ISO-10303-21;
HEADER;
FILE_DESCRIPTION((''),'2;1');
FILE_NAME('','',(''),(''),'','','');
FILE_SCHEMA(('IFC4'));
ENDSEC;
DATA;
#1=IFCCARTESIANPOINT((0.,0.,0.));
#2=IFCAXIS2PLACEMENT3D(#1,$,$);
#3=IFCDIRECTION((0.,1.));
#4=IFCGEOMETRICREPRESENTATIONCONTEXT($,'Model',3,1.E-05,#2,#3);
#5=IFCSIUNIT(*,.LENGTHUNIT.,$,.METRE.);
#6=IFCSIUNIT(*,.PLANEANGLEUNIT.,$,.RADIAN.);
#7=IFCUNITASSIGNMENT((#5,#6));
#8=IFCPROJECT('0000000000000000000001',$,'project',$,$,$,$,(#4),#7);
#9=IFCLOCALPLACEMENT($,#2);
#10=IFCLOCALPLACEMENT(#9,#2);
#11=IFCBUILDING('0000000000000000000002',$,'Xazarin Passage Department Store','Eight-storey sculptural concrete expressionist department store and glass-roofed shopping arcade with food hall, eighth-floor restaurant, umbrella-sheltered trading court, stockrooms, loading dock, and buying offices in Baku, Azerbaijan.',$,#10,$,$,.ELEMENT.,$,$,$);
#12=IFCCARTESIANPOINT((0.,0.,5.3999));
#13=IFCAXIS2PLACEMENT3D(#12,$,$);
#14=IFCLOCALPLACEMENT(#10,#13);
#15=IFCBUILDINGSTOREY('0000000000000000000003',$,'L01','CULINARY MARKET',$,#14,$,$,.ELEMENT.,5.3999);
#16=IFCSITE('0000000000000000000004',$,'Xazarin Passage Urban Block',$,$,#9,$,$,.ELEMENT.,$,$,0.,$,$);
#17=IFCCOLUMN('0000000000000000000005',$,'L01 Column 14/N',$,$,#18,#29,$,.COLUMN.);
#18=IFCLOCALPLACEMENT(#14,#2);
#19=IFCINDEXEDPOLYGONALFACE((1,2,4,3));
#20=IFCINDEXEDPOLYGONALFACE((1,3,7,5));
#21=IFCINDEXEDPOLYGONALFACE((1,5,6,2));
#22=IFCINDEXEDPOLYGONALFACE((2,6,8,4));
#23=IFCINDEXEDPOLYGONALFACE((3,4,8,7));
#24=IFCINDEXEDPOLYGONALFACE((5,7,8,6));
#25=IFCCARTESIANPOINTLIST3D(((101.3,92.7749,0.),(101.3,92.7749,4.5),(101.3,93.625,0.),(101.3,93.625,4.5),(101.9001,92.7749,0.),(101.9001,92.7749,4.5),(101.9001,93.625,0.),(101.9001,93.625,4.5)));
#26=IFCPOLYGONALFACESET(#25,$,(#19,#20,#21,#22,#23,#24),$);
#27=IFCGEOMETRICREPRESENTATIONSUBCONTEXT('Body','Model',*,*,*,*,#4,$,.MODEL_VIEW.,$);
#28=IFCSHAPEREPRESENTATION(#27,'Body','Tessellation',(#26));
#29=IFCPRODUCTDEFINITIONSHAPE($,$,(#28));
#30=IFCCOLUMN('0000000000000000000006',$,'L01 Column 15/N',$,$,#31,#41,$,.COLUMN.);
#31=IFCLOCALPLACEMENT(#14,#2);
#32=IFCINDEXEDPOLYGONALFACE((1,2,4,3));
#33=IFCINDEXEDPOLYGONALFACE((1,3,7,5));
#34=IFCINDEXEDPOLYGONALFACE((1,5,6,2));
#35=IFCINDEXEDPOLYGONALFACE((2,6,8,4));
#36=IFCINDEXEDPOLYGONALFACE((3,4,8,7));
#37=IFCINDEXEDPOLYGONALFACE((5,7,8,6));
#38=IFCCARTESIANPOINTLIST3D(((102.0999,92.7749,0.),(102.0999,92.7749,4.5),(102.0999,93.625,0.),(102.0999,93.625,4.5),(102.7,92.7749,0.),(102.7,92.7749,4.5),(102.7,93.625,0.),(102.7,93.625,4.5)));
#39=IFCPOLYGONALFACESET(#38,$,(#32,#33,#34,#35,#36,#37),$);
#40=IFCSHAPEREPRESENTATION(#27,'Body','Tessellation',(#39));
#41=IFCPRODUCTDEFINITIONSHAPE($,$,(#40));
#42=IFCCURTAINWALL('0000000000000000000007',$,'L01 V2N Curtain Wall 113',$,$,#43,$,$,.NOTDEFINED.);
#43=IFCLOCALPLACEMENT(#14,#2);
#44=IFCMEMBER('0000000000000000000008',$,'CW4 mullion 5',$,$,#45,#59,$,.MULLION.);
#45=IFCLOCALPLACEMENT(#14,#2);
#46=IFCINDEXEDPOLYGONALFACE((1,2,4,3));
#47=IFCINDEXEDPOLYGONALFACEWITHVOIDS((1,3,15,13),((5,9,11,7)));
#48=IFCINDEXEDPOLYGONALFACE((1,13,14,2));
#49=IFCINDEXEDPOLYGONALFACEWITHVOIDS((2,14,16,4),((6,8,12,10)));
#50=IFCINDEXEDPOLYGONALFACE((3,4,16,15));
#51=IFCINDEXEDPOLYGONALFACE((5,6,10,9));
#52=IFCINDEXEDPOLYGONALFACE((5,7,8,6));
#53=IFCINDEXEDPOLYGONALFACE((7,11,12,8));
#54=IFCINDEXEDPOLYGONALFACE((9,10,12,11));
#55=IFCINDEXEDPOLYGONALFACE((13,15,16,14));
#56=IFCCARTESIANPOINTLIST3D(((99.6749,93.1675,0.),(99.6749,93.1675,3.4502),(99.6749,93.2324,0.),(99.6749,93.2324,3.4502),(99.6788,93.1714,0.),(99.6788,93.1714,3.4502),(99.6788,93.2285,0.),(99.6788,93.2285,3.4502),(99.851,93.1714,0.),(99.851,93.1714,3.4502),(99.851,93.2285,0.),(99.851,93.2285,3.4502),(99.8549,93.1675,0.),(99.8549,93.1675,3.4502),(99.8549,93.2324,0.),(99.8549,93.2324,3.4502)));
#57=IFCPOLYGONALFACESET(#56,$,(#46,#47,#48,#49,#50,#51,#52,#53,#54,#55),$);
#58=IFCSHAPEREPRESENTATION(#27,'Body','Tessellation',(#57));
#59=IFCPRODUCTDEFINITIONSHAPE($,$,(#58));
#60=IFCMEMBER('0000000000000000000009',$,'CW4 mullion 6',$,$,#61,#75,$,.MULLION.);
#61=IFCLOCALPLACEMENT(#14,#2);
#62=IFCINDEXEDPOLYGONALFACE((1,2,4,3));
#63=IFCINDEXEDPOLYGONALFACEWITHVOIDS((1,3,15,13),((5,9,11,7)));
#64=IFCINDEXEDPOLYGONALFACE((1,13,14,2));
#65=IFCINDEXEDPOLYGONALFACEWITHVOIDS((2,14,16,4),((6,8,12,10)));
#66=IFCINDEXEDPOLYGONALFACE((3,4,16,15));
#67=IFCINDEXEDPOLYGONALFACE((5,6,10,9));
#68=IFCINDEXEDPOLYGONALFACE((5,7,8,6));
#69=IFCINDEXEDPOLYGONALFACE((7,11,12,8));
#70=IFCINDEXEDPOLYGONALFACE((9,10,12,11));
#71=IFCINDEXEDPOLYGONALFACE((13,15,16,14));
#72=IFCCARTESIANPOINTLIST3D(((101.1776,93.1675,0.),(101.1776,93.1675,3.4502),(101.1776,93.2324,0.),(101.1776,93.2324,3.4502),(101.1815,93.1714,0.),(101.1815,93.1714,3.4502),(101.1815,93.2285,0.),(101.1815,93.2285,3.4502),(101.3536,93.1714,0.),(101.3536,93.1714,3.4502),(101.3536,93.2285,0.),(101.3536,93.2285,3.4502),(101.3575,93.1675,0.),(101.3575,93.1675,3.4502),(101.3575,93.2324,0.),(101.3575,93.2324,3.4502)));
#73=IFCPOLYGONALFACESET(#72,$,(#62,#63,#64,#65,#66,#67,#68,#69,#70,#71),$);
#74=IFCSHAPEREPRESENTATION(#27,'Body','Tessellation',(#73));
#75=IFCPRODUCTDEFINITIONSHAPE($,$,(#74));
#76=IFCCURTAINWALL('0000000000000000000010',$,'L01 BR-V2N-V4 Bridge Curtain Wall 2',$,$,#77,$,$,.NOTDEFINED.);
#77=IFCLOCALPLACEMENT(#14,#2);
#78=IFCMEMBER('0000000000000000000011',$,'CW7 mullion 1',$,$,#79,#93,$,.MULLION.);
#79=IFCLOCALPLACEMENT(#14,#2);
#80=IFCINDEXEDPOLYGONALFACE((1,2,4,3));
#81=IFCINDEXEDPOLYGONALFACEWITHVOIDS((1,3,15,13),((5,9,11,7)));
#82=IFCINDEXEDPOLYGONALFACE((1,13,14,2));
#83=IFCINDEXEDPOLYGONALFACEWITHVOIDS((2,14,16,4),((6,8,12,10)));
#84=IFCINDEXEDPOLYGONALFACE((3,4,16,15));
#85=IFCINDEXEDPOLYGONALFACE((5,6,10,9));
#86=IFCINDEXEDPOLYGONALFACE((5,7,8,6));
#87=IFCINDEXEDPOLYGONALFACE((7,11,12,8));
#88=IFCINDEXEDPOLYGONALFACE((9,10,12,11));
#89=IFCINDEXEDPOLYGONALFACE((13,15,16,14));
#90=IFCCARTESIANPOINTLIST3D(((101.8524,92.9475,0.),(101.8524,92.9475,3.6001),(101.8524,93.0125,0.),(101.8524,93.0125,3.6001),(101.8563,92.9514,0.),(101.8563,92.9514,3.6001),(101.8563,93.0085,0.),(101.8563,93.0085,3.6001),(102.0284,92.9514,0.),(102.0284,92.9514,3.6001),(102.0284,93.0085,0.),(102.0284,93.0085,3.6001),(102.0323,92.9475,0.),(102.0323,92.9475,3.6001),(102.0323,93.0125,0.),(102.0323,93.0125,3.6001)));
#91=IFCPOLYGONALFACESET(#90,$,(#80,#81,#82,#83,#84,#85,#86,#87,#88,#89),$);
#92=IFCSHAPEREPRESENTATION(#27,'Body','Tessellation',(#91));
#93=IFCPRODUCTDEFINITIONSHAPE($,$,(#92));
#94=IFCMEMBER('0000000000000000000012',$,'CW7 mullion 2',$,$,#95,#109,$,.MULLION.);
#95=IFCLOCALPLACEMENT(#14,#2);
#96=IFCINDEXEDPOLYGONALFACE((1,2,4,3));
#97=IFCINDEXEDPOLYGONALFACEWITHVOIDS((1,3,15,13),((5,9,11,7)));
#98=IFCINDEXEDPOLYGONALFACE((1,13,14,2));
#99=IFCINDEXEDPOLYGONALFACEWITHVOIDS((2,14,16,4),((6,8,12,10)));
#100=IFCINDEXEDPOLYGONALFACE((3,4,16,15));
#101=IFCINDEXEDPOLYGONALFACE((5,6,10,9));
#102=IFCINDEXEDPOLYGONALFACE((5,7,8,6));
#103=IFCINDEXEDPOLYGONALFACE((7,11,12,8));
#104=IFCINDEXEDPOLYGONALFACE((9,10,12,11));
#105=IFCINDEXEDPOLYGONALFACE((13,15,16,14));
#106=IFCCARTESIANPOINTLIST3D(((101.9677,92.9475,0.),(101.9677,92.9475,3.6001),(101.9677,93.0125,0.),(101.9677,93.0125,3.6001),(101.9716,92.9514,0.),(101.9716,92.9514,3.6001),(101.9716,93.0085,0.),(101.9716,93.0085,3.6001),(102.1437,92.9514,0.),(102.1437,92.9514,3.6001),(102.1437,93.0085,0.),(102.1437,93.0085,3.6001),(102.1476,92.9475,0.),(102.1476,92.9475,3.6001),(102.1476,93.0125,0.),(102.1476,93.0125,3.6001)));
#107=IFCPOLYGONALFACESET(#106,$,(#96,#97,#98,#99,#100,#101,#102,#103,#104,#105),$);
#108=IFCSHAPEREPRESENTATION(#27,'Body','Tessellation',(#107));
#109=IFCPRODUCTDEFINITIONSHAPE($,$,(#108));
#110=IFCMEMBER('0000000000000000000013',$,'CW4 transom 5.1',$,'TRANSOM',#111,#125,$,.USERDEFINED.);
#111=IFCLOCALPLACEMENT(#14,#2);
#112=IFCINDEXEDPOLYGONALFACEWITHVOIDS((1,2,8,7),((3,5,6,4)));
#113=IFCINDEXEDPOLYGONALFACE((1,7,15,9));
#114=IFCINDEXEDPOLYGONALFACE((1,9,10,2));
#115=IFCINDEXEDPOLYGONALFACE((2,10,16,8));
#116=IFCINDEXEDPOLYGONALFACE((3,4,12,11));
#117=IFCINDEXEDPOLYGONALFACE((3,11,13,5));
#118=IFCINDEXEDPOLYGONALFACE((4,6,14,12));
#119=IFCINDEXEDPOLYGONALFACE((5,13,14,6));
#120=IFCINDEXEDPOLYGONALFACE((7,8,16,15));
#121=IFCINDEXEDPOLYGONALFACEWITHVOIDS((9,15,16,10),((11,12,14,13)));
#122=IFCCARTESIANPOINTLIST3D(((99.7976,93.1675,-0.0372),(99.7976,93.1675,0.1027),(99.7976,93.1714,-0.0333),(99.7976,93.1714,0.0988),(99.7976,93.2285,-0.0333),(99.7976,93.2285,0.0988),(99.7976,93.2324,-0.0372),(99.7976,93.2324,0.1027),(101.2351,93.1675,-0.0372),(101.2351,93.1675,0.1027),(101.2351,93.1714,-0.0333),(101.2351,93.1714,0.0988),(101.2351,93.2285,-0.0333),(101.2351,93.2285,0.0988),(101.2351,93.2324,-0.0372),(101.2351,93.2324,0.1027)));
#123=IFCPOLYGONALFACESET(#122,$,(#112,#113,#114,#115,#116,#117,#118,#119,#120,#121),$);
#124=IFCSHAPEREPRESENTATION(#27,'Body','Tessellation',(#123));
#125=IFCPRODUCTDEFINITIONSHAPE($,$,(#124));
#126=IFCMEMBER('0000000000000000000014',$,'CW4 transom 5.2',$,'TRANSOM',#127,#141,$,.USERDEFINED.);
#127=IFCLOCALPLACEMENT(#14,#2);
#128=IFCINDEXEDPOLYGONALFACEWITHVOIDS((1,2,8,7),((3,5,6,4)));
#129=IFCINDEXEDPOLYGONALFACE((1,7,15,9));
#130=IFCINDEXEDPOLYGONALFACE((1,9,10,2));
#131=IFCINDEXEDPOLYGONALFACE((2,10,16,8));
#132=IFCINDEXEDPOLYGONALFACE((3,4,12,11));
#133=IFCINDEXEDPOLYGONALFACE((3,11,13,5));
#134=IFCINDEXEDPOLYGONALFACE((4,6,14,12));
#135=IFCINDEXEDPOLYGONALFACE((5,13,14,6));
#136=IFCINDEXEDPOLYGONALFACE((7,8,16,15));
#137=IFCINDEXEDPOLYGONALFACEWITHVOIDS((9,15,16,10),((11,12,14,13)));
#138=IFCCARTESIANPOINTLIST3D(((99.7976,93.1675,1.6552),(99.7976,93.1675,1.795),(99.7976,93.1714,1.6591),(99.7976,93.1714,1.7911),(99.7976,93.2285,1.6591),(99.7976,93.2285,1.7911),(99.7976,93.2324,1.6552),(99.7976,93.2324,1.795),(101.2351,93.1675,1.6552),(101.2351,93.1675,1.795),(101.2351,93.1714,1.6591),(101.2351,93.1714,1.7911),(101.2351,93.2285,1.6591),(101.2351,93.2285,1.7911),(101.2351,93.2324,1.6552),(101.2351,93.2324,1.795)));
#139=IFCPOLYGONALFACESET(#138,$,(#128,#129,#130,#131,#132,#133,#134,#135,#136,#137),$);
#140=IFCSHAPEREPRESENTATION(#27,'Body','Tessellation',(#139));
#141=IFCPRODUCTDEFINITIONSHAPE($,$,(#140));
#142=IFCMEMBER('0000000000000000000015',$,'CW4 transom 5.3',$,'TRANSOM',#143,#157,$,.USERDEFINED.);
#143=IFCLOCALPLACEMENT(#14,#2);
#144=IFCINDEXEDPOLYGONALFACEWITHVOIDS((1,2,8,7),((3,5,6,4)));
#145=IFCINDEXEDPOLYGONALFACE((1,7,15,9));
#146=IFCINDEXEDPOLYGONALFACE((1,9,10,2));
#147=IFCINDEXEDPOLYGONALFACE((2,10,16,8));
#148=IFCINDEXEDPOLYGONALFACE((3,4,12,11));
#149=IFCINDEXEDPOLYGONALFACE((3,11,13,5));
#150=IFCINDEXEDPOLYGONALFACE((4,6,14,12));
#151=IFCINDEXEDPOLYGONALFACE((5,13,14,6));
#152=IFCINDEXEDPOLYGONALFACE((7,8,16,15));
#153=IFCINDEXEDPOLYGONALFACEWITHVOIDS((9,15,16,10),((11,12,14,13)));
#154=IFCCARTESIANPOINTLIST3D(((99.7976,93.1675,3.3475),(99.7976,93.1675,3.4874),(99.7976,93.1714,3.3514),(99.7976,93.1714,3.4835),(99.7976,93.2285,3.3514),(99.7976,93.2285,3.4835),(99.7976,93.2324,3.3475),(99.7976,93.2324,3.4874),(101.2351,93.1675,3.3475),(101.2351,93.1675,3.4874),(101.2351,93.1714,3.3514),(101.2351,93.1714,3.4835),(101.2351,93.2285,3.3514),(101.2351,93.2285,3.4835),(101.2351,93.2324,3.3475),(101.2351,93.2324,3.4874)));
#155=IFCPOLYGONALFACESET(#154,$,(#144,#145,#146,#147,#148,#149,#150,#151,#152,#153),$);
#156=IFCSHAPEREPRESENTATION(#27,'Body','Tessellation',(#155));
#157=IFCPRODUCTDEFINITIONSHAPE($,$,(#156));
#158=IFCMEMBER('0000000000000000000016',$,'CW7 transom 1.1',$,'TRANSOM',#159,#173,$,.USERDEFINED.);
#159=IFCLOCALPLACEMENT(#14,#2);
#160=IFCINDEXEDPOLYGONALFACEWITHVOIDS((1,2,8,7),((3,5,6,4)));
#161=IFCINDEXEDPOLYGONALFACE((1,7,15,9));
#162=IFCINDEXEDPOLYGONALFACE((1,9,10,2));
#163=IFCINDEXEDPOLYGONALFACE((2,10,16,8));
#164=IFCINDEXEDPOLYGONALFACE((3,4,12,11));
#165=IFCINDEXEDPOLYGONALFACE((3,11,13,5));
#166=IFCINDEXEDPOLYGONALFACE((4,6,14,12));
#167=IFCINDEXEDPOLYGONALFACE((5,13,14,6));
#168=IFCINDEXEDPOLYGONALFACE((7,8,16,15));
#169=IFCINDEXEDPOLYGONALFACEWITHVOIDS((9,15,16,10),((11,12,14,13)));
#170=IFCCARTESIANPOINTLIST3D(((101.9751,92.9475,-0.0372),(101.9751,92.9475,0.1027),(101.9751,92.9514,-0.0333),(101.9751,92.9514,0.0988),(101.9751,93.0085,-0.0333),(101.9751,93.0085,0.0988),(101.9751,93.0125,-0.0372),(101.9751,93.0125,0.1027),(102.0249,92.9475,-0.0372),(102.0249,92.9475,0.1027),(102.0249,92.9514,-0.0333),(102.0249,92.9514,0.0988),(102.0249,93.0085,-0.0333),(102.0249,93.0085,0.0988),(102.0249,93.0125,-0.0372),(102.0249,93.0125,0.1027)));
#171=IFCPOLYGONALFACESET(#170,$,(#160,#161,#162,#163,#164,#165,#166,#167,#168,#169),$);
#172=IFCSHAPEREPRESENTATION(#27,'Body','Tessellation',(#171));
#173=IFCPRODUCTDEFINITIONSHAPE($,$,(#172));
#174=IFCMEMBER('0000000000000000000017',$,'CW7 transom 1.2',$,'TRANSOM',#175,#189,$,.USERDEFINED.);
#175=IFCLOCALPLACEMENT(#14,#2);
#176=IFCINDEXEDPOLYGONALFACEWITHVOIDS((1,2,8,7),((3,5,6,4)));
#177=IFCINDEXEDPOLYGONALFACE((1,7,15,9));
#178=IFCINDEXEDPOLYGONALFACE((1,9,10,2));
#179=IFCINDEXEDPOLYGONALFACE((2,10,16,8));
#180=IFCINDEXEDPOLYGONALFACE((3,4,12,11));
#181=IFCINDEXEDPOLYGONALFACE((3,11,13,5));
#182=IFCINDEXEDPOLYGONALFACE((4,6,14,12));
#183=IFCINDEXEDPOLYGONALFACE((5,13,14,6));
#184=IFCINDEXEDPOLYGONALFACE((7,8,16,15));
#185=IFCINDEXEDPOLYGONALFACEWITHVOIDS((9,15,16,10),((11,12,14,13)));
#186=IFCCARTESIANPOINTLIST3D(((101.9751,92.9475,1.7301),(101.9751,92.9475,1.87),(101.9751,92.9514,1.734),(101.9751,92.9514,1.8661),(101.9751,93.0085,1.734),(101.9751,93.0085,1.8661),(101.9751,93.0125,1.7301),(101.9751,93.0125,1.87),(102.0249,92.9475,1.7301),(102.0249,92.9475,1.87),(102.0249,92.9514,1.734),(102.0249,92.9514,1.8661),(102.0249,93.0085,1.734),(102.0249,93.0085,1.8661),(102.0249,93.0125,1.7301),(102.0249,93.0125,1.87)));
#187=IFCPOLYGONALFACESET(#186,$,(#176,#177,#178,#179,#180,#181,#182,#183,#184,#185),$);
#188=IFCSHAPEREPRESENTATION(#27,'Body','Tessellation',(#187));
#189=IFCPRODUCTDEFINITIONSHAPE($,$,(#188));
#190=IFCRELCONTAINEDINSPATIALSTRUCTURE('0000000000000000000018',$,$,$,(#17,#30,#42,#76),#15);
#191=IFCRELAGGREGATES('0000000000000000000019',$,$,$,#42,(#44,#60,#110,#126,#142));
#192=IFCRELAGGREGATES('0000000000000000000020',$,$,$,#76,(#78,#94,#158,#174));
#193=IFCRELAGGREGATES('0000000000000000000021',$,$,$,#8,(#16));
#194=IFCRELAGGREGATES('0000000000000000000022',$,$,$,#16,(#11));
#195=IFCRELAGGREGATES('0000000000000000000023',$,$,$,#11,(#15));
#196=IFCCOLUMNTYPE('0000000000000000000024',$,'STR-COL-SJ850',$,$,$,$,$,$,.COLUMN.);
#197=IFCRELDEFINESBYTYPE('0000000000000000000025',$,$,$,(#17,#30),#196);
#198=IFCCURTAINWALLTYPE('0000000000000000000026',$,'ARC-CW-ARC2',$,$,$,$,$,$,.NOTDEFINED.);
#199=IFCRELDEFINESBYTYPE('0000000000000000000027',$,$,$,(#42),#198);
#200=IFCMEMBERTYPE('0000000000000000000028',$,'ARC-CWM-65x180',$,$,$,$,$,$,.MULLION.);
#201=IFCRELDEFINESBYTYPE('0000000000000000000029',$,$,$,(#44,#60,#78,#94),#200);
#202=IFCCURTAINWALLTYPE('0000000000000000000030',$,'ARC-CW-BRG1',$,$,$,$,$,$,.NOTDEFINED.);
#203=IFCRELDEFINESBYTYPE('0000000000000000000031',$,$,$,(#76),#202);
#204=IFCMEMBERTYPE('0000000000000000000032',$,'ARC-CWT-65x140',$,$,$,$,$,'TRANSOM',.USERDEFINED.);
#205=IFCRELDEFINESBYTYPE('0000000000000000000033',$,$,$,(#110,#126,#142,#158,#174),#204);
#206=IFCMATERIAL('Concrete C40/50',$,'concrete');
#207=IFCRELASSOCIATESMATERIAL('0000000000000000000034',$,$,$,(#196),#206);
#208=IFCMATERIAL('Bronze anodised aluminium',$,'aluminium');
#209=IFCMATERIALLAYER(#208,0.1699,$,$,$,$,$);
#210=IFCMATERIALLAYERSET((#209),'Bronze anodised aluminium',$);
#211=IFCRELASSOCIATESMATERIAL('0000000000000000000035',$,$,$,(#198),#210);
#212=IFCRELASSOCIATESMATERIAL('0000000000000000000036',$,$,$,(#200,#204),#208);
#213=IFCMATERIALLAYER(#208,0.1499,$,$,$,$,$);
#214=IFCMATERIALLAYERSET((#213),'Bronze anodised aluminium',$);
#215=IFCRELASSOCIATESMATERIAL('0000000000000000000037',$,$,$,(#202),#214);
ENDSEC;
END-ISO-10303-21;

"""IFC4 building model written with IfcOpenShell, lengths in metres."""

from ifc_helpers import new_model, si_unit, direction, frame, origin, origin_2d, place, context, subcontext, project, spatial, rectangle, hollow_rectangle, extrude, material, layer, layer_set, material_profile, profile_set, type_object, element, aggregate, save


model = new_model("IFC4")

# Units and contexts
model_context = context("Model", 3, precision=1e-05, world=origin(), true_north=direction((0.0, 1.0)))
body_context = subcontext(model_context, "Body", "Model", "MODEL_VIEW")
ifc_project = project(units=[si_unit("LENGTHUNIT", "METRE"), si_unit("PLANEANGLEUNIT", "RADIAN")], contexts=[model_context])

# Site, building, storey
site_placement = place(None, origin())
site = spatial("IfcSite", under=ifc_project, at=site_placement, Name="Xazarin Passage Urban Block", CompositionType="ELEMENT", RefElevation=0.0)
building_placement = place(site_placement, origin())
building = spatial("IfcBuilding", under=site, at=building_placement, Name="Xazarin Passage Department Store", Description="Eight-storey sculptural concrete expressionist department store and glass-roofed shopping arcade with food hall, eighth-floor restaurant, umbrella-sheltered trading court, stockrooms, loading dock, and buying offices in Baku, Azerbaijan.", CompositionType="ELEMENT")
storey_placement = place(building_placement, frame((0.0, 0.0, 5.3999)))
storey = spatial("IfcBuildingStorey", under=building, at=storey_placement, Name="L01", Description="CULINARY MARKET", CompositionType="ELEMENT", Elevation=5.3999)

# Columns
ifc_material_1 = material(Name="Concrete C40/50", Category="concrete")
ifc_material_profile_1 = material_profile(ifc_material_1, rectangle(XDim=0.6001, YDim=0.8501, at=origin_2d()), Name="RC 600x850")
ifc_profile_set_1 = profile_set([ifc_material_profile_1], Name="Concrete C40/50")
column_type = type_object("IfcColumnType", Name="STR-COL-SJ850", PredefinedType="COLUMN", material=ifc_profile_set_1)
for number, where, z_axis, x_axis, name in (
    (1, (101.6001, 93.2, 0.0), (0.0, 0.0, 1.0), (1.0, 0.0, 0.0), "L01 Column 14/N"),
    (2, (102.3999, 93.2, 0.0), (0.0, 0.0, 1.0), (1.0, 0.0, 0.0), "L01 Column 15/N"),
):
    element("IfcColumn", number, at=place(storey_placement, frame(where, z_axis=z_axis, x_axis=x_axis)), inside=storey, type_object=column_type, Name=name, PredefinedType="COLUMN", context=body_context, shape_type="SweptSolid", body=[
        extrude(rectangle(XDim=0.6001, YDim=0.8501, at=origin_2d()), origin(), (0.0, 0.0, 1.0), 4.5),
    ])

# Curtain walls, members
ifc_material_2 = material(Name="Bronze anodised aluminium", Category="aluminium")
ifc_layer_1 = layer(ifc_material_2, 0.1699)
ifc_layer_set_1 = layer_set([ifc_layer_1], Name="Bronze anodised aluminium")
curtain_wall_type_1 = type_object("IfcCurtainWallType", Name="ARC-CW-ARC2", PredefinedType="NOTDEFINED", material=ifc_layer_set_1)
curtain_wall_1_placement = place(storey_placement, origin())
curtain_wall_1 = element("IfcCurtainWall", 3, at=curtain_wall_1_placement, inside=storey, type_object=curtain_wall_type_1, Name="L01 V2N Curtain Wall 113", PredefinedType="NOTDEFINED")
ifc_material_profile_2 = material_profile(ifc_material_2, hollow_rectangle(XDim=0.0649, YDim=0.1799, WallThickness=0.0039, at=origin_2d()), Name="ALU 65x180")
ifc_profile_set_2 = profile_set([ifc_material_profile_2], Name="Bronze anodised aluminium")
member_type_1 = type_object("IfcMemberType", Name="ARC-CWM-65x180", PredefinedType="MULLION", material=ifc_profile_set_2)
member_1_placement = place(storey_placement, frame((99.7649, 93.2, 0.0), z_axis=(0.0, 0.0, 1.0), x_axis=(0.0, 1.0, 0.0)))
member_1 = element("IfcMember", 4, at=member_1_placement, type_object=member_type_1, Name="CW4 mullion 5", PredefinedType="MULLION", context=body_context, shape_type="SweptSolid", body=[
    extrude(hollow_rectangle(XDim=0.0649, YDim=0.1799, WallThickness=0.0039, at=origin_2d()), origin(), (0.0, 0.0, 1.0), 3.4502),
])
member_2_placement = place(storey_placement, frame((101.2676, 93.2, 0.0), z_axis=(0.0, 0.0, 1.0), x_axis=(0.0, 1.0, 0.0)))
member_2 = element("IfcMember", 5, at=member_2_placement, type_object=member_type_1, Name="CW4 mullion 6", PredefinedType="MULLION", context=body_context, shape_type="SweptSolid", body=[
    extrude(hollow_rectangle(XDim=0.0649, YDim=0.1799, WallThickness=0.0039, at=origin_2d()), origin(), (0.0, 0.0, 1.0), 3.4502),
])
ifc_layer_2 = layer(ifc_material_2, 0.1499)
ifc_layer_set_2 = layer_set([ifc_layer_2], Name="Bronze anodised aluminium")
curtain_wall_type_2 = type_object("IfcCurtainWallType", Name="ARC-CW-BRG1", PredefinedType="NOTDEFINED", material=ifc_layer_set_2)
curtain_wall_2_placement = place(storey_placement, origin())
curtain_wall_2 = element("IfcCurtainWall", 6, at=curtain_wall_2_placement, inside=storey, type_object=curtain_wall_type_2, Name="L01 BR-V2N-V4 Bridge Curtain Wall 2", PredefinedType="NOTDEFINED")
member_3_placement = place(storey_placement, frame((101.9424, 92.98, 0.0), z_axis=(0.0, 0.0, 1.0), x_axis=(0.0, 1.0, 0.0)))
member_3 = element("IfcMember", 7, at=member_3_placement, type_object=member_type_1, Name="CW7 mullion 1", PredefinedType="MULLION", context=body_context, shape_type="SweptSolid", body=[
    extrude(hollow_rectangle(XDim=0.0649, YDim=0.1799, WallThickness=0.0039, at=origin_2d()), origin(), (0.0, 0.0, 1.0), 3.6001),
])
member_4_placement = place(storey_placement, frame((102.0576, 92.98, 0.0), z_axis=(0.0, 0.0, 1.0), x_axis=(0.0, 1.0, 0.0)))
member_4 = element("IfcMember", 8, at=member_4_placement, type_object=member_type_1, Name="CW7 mullion 2", PredefinedType="MULLION", context=body_context, shape_type="SweptSolid", body=[
    extrude(hollow_rectangle(XDim=0.0649, YDim=0.1799, WallThickness=0.0039, at=origin_2d()), origin(), (0.0, 0.0, 1.0), 3.6001),
])

# Members
ifc_material_profile_3 = material_profile(ifc_material_2, hollow_rectangle(XDim=0.0649, YDim=0.1399, WallThickness=0.0039, at=origin_2d()), Name="ALU 65x140")
ifc_profile_set_3 = profile_set([ifc_material_profile_3], Name="Bronze anodised aluminium")
member_type_2 = type_object("IfcMemberType", Name="ARC-CWT-65x140", ElementType="TRANSOM", PredefinedType="USERDEFINED", material=ifc_profile_set_3)
member_5_placement = place(storey_placement, frame((99.7976, 93.2, 0.0327), z_axis=(1.0, 0.0, 0.0), x_axis=(0.0, 1.0, 0.0)))
member_5 = element("IfcMember", 9, at=member_5_placement, type_object=member_type_2, Name="CW4 transom 5.1", ObjectType="TRANSOM", PredefinedType="USERDEFINED", context=body_context, shape_type="SweptSolid", body=[
    extrude(hollow_rectangle(XDim=0.0649, YDim=0.1399, WallThickness=0.0039, at=origin_2d()), origin(), (0.0, 0.0, 1.0), 1.4375),
])
member_6_placement = place(storey_placement, frame((99.7976, 93.2, 1.7251), z_axis=(1.0, 0.0, 0.0), x_axis=(0.0, 1.0, 0.0)))
member_6 = element("IfcMember", 10, at=member_6_placement, type_object=member_type_2, Name="CW4 transom 5.2", ObjectType="TRANSOM", PredefinedType="USERDEFINED", context=body_context, shape_type="SweptSolid", body=[
    extrude(hollow_rectangle(XDim=0.0649, YDim=0.1399, WallThickness=0.0039, at=origin_2d()), origin(), (0.0, 0.0, 1.0), 1.4375),
])
member_7_placement = place(storey_placement, frame((99.7976, 93.2, 3.4175), z_axis=(1.0, 0.0, 0.0), x_axis=(0.0, 1.0, 0.0)))
member_7 = element("IfcMember", 11, at=member_7_placement, type_object=member_type_2, Name="CW4 transom 5.3", ObjectType="TRANSOM", PredefinedType="USERDEFINED", context=body_context, shape_type="SweptSolid", body=[
    extrude(hollow_rectangle(XDim=0.0649, YDim=0.1399, WallThickness=0.0039, at=origin_2d()), origin(), (0.0, 0.0, 1.0), 1.4375),
])
member_8_placement = place(storey_placement, frame((101.9751, 92.98, 0.0327), z_axis=(1.0, 0.0, 0.0), x_axis=(0.0, 1.0, 0.0)))
member_8 = element("IfcMember", 12, at=member_8_placement, type_object=member_type_2, Name="CW7 transom 1.1", ObjectType="TRANSOM", PredefinedType="USERDEFINED", context=body_context, shape_type="SweptSolid", body=[
    extrude(hollow_rectangle(XDim=0.0649, YDim=0.1399, WallThickness=0.0039, at=origin_2d()), origin(), (0.0, 0.0, 1.0), 0.0498),
])
member_9_placement = place(storey_placement, frame((101.9751, 92.98, 1.8), z_axis=(1.0, 0.0, 0.0), x_axis=(0.0, 1.0, 0.0)))
member_9 = element("IfcMember", 13, at=member_9_placement, type_object=member_type_2, Name="CW7 transom 1.2", ObjectType="TRANSOM", PredefinedType="USERDEFINED", context=body_context, shape_type="SweptSolid", body=[
    extrude(hollow_rectangle(XDim=0.0649, YDim=0.1399, WallThickness=0.0039, at=origin_2d()), origin(), (0.0, 0.0, 1.0), 0.0498),
])

aggregate(curtain_wall_1, [member_1, member_2, member_5, member_6, member_7])
aggregate(curtain_wall_2, [member_3, member_4, member_8, member_9])

save(model, "model.ifc")
